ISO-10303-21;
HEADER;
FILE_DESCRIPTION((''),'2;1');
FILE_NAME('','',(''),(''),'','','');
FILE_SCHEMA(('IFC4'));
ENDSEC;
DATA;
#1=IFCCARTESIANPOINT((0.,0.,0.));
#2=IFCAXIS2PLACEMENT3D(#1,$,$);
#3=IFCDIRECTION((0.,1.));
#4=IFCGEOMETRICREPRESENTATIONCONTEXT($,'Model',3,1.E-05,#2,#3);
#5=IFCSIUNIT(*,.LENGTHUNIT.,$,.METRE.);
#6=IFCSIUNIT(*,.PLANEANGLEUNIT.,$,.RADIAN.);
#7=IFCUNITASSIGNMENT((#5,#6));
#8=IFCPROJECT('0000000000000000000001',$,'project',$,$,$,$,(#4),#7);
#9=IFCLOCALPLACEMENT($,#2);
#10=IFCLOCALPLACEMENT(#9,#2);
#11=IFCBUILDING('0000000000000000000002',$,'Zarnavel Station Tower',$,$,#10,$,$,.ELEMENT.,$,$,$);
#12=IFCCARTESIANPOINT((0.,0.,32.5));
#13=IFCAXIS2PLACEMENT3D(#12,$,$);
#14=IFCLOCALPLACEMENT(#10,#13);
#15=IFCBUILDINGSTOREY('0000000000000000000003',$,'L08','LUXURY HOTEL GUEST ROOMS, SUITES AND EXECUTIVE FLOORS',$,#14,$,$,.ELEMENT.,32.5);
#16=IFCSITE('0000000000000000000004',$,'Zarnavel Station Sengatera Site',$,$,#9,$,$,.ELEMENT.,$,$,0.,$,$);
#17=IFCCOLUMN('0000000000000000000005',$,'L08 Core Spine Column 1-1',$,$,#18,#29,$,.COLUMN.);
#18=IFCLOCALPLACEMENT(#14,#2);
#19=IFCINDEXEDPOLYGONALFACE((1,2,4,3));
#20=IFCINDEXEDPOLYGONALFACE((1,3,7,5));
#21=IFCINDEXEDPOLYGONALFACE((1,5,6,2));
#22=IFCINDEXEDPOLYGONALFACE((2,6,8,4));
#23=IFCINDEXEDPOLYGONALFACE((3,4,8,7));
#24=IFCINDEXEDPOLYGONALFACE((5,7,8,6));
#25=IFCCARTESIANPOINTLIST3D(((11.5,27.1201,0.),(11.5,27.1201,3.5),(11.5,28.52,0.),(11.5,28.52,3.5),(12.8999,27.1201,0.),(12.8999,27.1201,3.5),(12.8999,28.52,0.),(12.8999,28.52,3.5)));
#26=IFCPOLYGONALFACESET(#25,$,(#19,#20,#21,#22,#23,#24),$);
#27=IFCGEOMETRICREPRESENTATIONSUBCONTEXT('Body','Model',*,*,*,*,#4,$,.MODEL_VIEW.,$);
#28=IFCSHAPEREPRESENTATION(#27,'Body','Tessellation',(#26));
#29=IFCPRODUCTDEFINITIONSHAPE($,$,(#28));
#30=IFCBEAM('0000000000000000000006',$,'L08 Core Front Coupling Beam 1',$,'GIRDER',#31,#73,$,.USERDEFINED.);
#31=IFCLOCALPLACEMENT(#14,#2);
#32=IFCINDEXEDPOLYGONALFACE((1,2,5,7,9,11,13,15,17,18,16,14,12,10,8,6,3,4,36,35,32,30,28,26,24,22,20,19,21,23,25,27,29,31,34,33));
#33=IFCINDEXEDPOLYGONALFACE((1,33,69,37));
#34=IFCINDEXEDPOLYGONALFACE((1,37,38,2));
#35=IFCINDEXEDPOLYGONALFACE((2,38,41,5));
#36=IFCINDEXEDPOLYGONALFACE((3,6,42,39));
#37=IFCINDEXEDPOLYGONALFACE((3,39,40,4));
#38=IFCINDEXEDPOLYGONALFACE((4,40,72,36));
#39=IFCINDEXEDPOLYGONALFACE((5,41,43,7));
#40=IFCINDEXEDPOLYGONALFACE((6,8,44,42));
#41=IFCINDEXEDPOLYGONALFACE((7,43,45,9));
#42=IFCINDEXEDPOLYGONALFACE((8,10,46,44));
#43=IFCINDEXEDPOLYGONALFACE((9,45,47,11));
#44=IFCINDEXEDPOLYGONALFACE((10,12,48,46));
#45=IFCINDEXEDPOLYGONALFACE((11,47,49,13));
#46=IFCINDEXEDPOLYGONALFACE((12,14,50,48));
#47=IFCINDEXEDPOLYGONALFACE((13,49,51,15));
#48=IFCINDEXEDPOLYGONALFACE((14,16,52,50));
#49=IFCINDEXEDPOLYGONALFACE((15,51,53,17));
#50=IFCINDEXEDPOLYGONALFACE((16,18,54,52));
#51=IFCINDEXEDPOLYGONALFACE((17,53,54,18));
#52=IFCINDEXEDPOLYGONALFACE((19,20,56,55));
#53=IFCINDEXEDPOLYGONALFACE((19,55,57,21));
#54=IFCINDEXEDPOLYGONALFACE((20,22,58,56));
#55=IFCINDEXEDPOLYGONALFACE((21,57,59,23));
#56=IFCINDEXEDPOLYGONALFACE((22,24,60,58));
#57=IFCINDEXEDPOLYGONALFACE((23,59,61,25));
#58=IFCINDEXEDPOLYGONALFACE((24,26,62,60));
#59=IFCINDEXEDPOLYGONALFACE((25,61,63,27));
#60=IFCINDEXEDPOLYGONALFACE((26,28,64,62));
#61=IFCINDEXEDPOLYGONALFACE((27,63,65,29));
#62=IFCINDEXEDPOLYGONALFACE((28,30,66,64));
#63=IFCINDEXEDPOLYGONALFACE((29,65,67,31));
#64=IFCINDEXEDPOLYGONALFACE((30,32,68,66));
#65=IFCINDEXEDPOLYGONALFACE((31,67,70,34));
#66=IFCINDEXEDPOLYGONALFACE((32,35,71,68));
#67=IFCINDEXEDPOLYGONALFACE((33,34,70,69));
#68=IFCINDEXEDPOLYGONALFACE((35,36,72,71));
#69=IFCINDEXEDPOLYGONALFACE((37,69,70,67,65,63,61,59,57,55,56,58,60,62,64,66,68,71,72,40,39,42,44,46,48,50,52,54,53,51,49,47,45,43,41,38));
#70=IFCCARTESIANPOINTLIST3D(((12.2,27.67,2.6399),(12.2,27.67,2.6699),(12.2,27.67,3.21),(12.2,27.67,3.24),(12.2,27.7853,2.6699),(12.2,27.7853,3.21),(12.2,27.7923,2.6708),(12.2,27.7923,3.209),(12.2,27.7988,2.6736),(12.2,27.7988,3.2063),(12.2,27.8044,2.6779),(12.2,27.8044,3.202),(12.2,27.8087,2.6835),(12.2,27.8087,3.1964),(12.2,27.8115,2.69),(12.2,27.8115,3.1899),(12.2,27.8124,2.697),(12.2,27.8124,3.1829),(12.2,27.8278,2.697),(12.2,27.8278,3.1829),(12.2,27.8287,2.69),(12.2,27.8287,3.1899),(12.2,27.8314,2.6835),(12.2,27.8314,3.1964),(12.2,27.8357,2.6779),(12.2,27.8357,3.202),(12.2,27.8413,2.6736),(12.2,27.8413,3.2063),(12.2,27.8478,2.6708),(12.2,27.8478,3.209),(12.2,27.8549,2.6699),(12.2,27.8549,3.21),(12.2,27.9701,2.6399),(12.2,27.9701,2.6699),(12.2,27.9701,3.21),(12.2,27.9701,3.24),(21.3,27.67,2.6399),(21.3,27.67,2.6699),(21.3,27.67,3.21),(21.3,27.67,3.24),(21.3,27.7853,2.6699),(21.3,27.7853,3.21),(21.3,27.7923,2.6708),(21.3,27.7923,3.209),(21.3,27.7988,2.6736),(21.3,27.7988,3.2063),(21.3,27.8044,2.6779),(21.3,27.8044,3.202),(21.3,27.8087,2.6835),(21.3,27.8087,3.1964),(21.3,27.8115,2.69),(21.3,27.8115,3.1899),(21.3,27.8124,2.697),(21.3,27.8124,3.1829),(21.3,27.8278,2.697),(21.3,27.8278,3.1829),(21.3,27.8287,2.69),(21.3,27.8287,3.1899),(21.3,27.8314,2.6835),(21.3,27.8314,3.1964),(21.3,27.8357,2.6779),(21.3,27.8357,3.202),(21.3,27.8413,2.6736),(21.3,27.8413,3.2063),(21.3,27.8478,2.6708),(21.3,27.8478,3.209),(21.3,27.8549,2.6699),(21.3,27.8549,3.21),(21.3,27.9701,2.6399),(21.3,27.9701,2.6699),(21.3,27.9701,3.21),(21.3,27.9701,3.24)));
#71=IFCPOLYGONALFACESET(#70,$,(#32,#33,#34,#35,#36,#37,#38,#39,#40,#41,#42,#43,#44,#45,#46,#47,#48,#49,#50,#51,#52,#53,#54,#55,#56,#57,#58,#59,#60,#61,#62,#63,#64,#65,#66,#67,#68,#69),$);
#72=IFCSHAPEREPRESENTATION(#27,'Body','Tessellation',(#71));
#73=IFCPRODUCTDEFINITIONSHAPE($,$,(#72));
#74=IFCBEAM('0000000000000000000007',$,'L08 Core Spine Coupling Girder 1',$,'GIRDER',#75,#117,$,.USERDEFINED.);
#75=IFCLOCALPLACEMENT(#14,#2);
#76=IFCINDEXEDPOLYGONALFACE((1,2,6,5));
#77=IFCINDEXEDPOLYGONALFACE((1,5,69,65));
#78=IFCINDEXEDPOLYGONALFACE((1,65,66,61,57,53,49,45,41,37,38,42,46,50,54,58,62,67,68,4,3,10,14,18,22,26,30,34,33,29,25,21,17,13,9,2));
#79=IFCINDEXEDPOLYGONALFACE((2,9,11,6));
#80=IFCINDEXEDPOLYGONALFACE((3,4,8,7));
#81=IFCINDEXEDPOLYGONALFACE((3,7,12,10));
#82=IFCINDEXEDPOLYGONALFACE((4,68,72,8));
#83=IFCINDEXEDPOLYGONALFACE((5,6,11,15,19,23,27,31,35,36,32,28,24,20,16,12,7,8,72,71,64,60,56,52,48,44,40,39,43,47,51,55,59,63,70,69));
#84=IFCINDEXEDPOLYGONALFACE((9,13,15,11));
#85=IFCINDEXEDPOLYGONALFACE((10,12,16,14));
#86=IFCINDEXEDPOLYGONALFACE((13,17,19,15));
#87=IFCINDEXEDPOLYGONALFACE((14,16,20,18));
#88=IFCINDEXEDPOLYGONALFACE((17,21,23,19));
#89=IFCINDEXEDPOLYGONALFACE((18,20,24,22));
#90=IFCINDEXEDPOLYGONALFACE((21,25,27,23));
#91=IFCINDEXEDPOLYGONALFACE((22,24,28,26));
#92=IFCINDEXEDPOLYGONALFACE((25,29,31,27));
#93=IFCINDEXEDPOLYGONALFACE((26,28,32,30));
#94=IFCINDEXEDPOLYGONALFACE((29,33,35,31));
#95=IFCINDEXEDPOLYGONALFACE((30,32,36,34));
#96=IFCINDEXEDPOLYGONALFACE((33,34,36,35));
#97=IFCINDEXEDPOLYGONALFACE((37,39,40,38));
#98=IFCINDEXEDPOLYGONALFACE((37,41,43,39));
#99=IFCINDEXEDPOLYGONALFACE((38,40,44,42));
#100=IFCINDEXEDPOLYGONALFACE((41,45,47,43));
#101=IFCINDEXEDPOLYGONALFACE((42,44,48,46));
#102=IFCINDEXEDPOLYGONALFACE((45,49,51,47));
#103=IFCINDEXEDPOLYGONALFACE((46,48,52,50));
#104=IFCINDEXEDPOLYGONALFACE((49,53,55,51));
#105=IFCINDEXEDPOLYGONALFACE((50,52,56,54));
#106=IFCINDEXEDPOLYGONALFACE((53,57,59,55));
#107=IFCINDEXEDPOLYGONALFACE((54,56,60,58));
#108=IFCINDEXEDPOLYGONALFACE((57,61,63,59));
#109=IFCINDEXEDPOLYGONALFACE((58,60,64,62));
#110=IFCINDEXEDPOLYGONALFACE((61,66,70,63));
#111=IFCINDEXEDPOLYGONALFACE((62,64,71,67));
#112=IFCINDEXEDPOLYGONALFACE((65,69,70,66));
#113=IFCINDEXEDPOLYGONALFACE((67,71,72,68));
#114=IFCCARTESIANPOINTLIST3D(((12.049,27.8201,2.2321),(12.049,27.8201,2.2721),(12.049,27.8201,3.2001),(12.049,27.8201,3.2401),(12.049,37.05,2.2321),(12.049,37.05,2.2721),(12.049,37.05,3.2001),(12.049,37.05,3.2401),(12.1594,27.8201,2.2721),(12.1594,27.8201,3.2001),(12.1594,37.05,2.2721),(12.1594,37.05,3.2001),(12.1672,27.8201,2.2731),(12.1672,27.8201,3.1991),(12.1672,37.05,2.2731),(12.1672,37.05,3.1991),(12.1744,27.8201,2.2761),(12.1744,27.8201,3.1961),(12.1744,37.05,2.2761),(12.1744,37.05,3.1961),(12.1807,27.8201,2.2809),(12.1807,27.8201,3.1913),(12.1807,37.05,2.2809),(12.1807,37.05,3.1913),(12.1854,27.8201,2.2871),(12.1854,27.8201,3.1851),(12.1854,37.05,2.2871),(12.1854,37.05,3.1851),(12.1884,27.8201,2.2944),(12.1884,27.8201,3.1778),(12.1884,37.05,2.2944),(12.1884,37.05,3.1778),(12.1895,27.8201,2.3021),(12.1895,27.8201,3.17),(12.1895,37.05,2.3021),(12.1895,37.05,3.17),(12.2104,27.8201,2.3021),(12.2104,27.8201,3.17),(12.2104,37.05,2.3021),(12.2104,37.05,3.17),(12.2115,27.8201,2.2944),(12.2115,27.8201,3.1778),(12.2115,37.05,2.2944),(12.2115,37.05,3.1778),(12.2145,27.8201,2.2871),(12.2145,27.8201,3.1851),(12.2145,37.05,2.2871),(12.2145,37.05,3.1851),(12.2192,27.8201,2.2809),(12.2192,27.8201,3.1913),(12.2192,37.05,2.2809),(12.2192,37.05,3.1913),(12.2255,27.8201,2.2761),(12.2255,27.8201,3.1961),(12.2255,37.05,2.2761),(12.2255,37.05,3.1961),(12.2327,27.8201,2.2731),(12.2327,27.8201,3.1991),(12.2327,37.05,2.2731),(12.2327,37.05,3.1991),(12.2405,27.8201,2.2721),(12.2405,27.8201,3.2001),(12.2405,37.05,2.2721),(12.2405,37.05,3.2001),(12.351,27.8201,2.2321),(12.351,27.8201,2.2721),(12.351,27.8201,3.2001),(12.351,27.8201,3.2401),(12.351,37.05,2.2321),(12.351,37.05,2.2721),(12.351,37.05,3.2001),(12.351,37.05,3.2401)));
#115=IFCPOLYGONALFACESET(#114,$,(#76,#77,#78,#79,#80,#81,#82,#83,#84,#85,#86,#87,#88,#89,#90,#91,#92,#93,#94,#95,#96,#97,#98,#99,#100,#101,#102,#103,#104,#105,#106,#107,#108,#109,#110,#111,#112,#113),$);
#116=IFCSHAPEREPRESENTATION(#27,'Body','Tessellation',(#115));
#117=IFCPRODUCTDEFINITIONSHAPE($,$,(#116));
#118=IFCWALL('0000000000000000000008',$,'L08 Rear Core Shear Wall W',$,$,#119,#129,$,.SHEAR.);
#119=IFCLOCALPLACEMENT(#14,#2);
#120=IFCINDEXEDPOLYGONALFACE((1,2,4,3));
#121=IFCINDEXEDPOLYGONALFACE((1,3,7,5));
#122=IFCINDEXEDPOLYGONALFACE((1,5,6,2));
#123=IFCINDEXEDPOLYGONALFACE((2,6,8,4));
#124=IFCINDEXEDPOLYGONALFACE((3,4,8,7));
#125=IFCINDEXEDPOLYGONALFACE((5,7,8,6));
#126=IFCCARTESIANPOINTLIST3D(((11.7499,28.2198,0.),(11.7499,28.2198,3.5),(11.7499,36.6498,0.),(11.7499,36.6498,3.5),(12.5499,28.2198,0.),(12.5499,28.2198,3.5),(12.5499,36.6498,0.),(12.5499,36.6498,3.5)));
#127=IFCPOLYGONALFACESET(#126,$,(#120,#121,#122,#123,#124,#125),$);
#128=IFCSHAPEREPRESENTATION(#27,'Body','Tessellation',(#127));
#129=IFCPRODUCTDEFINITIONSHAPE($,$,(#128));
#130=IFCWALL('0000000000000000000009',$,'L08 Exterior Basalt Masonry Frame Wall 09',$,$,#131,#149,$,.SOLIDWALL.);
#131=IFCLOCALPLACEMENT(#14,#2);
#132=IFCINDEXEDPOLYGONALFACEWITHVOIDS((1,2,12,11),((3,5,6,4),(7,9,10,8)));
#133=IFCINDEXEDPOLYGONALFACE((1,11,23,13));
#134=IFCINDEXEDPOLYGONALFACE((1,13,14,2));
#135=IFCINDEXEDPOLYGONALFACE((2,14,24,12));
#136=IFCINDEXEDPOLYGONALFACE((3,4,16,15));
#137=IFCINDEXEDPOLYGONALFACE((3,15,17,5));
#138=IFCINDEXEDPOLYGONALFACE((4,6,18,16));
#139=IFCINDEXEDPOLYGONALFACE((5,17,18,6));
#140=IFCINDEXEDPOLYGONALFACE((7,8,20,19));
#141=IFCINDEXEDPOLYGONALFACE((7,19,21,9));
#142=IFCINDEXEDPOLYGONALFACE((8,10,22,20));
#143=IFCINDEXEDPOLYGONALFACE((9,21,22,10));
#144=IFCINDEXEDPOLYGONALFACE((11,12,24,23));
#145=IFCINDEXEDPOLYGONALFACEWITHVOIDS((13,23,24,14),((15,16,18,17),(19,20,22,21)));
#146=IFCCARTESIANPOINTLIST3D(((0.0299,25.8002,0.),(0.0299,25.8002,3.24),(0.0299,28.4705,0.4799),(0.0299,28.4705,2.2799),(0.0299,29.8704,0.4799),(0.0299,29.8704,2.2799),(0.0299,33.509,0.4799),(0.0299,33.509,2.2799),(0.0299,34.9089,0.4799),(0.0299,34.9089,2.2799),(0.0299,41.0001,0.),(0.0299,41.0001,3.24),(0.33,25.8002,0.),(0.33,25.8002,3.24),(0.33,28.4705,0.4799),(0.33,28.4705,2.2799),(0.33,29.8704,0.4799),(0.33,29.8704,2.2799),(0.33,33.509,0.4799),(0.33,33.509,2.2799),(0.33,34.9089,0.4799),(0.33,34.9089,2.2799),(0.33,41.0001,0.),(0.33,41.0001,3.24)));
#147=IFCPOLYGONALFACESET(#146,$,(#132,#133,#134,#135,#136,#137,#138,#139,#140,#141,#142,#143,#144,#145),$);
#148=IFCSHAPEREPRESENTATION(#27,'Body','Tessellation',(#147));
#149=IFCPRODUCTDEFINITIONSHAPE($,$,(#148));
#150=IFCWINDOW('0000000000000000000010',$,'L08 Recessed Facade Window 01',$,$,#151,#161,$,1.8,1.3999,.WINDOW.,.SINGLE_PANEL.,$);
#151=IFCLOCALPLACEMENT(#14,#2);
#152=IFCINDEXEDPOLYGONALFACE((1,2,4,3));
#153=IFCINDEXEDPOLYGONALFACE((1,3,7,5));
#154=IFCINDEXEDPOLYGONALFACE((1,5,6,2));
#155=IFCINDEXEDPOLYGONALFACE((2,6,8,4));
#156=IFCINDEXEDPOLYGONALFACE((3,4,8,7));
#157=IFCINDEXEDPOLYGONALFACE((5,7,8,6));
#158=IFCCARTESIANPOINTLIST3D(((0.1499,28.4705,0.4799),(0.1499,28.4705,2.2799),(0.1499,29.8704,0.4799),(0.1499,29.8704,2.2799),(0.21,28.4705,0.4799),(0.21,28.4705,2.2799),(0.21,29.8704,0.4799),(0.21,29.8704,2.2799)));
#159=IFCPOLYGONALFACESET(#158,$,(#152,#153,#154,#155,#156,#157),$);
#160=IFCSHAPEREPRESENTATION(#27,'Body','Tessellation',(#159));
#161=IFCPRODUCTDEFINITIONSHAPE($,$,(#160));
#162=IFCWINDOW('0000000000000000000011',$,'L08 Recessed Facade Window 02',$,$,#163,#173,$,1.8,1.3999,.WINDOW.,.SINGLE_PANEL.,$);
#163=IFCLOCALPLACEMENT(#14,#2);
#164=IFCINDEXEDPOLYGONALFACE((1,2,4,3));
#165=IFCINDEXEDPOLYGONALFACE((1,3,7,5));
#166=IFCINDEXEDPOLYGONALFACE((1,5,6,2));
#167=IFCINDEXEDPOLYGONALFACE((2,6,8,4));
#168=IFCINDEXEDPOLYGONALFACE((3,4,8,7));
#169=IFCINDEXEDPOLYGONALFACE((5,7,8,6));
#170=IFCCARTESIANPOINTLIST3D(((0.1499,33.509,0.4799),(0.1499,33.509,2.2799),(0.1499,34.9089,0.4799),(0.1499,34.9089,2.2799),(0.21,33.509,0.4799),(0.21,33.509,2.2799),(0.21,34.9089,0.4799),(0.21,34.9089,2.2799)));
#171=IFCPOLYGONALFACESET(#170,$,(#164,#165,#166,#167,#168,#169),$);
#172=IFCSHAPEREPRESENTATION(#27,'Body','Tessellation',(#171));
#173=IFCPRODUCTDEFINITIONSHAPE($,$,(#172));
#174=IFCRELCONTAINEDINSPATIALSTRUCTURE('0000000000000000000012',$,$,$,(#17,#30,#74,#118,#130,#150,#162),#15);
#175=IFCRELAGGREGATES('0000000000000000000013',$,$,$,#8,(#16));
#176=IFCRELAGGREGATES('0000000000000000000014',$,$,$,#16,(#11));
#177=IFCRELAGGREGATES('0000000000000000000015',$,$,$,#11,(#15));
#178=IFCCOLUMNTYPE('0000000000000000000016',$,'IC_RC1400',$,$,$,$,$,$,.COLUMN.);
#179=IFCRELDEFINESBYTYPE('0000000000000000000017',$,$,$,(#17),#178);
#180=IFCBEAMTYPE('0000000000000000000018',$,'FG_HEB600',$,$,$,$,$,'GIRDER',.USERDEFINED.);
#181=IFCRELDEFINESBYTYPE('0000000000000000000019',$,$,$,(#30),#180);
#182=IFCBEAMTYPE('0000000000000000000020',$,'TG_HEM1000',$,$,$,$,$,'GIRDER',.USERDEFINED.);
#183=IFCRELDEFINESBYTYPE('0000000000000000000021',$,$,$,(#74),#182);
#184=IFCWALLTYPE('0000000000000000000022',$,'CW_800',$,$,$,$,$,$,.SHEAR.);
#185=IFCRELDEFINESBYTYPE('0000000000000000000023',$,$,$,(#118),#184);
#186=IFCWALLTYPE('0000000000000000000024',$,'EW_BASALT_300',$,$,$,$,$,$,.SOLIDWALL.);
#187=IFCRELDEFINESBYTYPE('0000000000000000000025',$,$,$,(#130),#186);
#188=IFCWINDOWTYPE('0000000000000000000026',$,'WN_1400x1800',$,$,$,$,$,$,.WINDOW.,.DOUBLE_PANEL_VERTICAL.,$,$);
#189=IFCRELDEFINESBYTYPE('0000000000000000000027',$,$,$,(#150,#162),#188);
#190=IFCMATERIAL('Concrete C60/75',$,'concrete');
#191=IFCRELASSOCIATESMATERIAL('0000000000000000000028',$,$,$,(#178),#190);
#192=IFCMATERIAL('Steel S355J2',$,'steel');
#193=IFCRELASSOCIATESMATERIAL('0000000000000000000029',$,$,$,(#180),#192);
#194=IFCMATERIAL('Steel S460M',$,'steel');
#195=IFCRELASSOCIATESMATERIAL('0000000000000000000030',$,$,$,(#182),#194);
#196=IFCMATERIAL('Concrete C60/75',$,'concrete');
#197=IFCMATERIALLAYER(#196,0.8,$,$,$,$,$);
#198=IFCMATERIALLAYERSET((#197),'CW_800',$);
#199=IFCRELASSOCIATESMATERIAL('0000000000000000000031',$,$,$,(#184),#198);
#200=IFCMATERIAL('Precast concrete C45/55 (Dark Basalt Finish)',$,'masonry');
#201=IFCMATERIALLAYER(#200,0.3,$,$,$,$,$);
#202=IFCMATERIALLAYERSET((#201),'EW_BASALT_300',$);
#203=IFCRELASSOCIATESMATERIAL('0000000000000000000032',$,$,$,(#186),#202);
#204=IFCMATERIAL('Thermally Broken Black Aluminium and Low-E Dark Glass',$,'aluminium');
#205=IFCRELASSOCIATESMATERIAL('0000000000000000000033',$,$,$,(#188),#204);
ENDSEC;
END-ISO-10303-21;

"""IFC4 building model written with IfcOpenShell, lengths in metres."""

from ifc_helpers import new_model, si_unit, direction, frame, frame_2d, origin, origin_2d, place, context, subcontext, project, spatial, rectangle, i_section, extrude, material, layer, layer_set, material_profile, profile_set, type_object, element, fill, save


model = new_model("IFC4")

# Units and contexts
model_context = context("Model", 3, precision=1e-05, world=origin(), true_north=direction((0.0, 1.0)))
body_context = subcontext(model_context, "Body", "Model", "MODEL_VIEW")
ifc_project = project(units=[si_unit("LENGTHUNIT", "METRE"), si_unit("PLANEANGLEUNIT", "RADIAN")], contexts=[model_context])

# Site, building, storey
site_placement = place(None, origin())
site = spatial("IfcSite", under=ifc_project, at=site_placement, Name="Zarnavel Station Sengatera Site", CompositionType="ELEMENT", RefElevation=0.0)
building_placement = place(site_placement, origin())
building = spatial("IfcBuilding", under=site, at=building_placement, Name="Zarnavel Station Tower", CompositionType="ELEMENT")
storey_placement = place(building_placement, frame((0.0, 0.0, 32.5)))
storey = spatial("IfcBuildingStorey", under=building, at=storey_placement, Name="L08", Description="LUXURY HOTEL GUEST ROOMS, SUITES AND EXECUTIVE FLOORS", CompositionType="ELEMENT", Elevation=32.5)

# Column
ifc_material_1 = material(Name="Concrete C60/75", Category="concrete")
ifc_material_profile_1 = material_profile(ifc_material_1, rectangle(XDim=1.3999, YDim=1.3999, at=origin_2d()), Name="RC1400x1400")
ifc_profile_set_1 = profile_set([ifc_material_profile_1], Name="Concrete C60/75")
column_type = type_object("IfcColumnType", Name="IC_RC1400", PredefinedType="COLUMN", material=ifc_profile_set_1)
column_placement = place(storey_placement, frame((12.2, 27.8201, 0.0), z_axis=(0.0, 0.0, 1.0), x_axis=(1.0, 0.0, 0.0)))
element("IfcColumn", 1, at=column_placement, inside=storey, type_object=column_type, Name="L08 Core Spine Column 1-1", PredefinedType="COLUMN", context=body_context, shape_type="SweptSolid", body=[
    extrude(rectangle(XDim=1.3999, YDim=1.3999, at=origin_2d()), origin(), (0.0, 0.0, 1.0), 3.5),
])

# Beams
ifc_material_2 = material(Name="Steel S355J2", Category="steel")
ifc_material_profile_2 = material_profile(ifc_material_2, i_section(OverallWidth=0.3, OverallDepth=0.6001, WebThickness=0.0154, FlangeThickness=0.03, FilletRadius=0.0271, at=origin_2d()), Name="HEB600")
ifc_profile_set_2 = profile_set([ifc_material_profile_2], Name="Steel S355J2")
beam_type_1 = type_object("IfcBeamType", Name="FG_HEB600", ElementType="GIRDER", PredefinedType="USERDEFINED", material=ifc_profile_set_2)
beam_1_placement = place(storey_placement, frame((12.2, 27.8201, 2.9399), z_axis=(1.0, 0.0, 0.0), x_axis=(0.0, 1.0, 0.0)))
element("IfcBeam", 2, at=beam_1_placement, inside=storey, type_object=beam_type_1, Name="L08 Core Front Coupling Beam 1", ObjectType="GIRDER", PredefinedType="USERDEFINED", context=body_context, shape_type="SweptSolid", body=[
    extrude(i_section(OverallWidth=0.3, OverallDepth=0.6001, WebThickness=0.0154, FlangeThickness=0.03, FilletRadius=0.0271, at=origin_2d()), origin(), (0.0, 0.0, 1.0), 9.1001),
])
ifc_material_3 = material(Name="Steel S460M", Category="steel")
ifc_material_profile_3 = material_profile(ifc_material_3, i_section(OverallWidth=0.302, OverallDepth=1.0081, WebThickness=0.021, FlangeThickness=0.04, FilletRadius=0.03, at=origin_2d()), Name="HEM1000")
ifc_profile_set_3 = profile_set([ifc_material_profile_3], Name="Steel S460M")
beam_type_2 = type_object("IfcBeamType", Name="TG_HEM1000", ElementType="GIRDER", PredefinedType="USERDEFINED", material=ifc_profile_set_3)
beam_2_placement = place(storey_placement, frame((12.2, 27.8201, 2.7361), z_axis=(0.0, 1.0, 0.0), x_axis=(-1.0, 0.0, 0.0)))
element("IfcBeam", 3, at=beam_2_placement, inside=storey, type_object=beam_type_2, Name="L08 Core Spine Coupling Girder 1", ObjectType="GIRDER", PredefinedType="USERDEFINED", context=body_context, shape_type="SweptSolid", body=[
    extrude(i_section(OverallWidth=0.302, OverallDepth=1.0081, WebThickness=0.021, FlangeThickness=0.04, FilletRadius=0.03, at=origin_2d()), origin(), (0.0, 0.0, 1.0), 9.23),
])

# Wall
ifc_material_4 = material(Name="Concrete C60/75", Category="concrete")
ifc_layer_1 = layer(ifc_material_4, 0.8)
ifc_layer_set_1 = layer_set([ifc_layer_1], Name="CW_800")
wall_type_1 = type_object("IfcWallType", Name="CW_800", PredefinedType="SHEAR", material=ifc_layer_set_1)
wall_1_placement = place(storey_placement, frame((12.1499, 28.22, 0.0), z_axis=(0.0, 0.0, 1.0), x_axis=(0.0, 1.0, 0.0)))
element("IfcWall", 4, at=wall_1_placement, inside=storey, type_object=wall_type_1, Name="L08 Rear Core Shear Wall W", PredefinedType="SHEAR", context=body_context, shape_type="SweptSolid", body=[
    extrude(rectangle(XDim=8.4299, YDim=0.8, at=frame_2d((4.2148, 0.0))), origin(), (0.0, 0.0, 1.0), 3.5),
])

# Wall, openings, windows
ifc_material_5 = material(Name="Precast concrete C45/55 (Dark Basalt Finish)", Category="masonry")
ifc_layer_2 = layer(ifc_material_5, 0.3)
ifc_layer_set_2 = layer_set([ifc_layer_2], Name="EW_BASALT_300")
wall_type_2 = type_object("IfcWallType", Name="EW_BASALT_300", PredefinedType="SOLIDWALL", material=ifc_layer_set_2)
wall_2_placement = place(storey_placement, frame((0.1799, 25.8, 0.0), z_axis=(0.0, 0.0, 1.0), x_axis=(0.0, 1.0, 0.0)))
wall_2 = element("IfcWall", 5, at=wall_2_placement, inside=storey, type_object=wall_type_2, Name="L08 Exterior Basalt Masonry Frame Wall 09", PredefinedType="SOLIDWALL", context=body_context, shape_type="SweptSolid", body=[
    extrude(rectangle(XDim=15.2, YDim=0.3, at=frame_2d((7.6001, 0.0))), origin(), (0.0, 0.0, 1.0), 3.24),
])
opening_1_placement = place(wall_2_placement, frame((2.6704, 0.0, 0.48)))
opening_1 = element("IfcOpeningElement", 6, at=opening_1_placement, cuts=wall_2, PredefinedType="OPENING", context=body_context, shape_type="SweptSolid", body=[
    extrude(rectangle(XDim=1.3999, YDim=1.8, at=frame_2d((0.7, 0.8999))), frame((0.0, 0.1599, 0.0), z_axis=(0.0, -1.0, 0.0), x_axis=(1.0, 0.0, 0.0)), (0.0, 0.0, 1.0), 0.3201),
])
opening_2_placement = place(wall_2_placement, frame((7.709, 0.0, 0.48)))
opening_2 = element("IfcOpeningElement", 7, at=opening_2_placement, cuts=wall_2, PredefinedType="OPENING", context=body_context, shape_type="SweptSolid", body=[
    extrude(rectangle(XDim=1.3999, YDim=1.8, at=frame_2d((0.7, 0.8999))), frame((0.0, 0.1599, 0.0), z_axis=(0.0, -1.0, 0.0), x_axis=(1.0, 0.0, 0.0)), (0.0, 0.0, 1.0), 0.3201),
])
ifc_material_6 = material(Name="Thermally Broken Black Aluminium and Low-E Dark Glass", Category="aluminium")
window_type = type_object("IfcWindowType", Name="WN_1400x1800", PartitioningType="DOUBLE_PANEL_VERTICAL", PredefinedType="WINDOW", material=ifc_material_6)
window_1_placement = place(opening_1_placement, origin())
window_1 = element("IfcWindow", 8, at=window_1_placement, inside=storey, type_object=window_type, Name="L08 Recessed Facade Window 01", OverallHeight=1.8, OverallWidth=1.3999, PartitioningType="SINGLE_PANEL", PredefinedType="WINDOW", context=body_context, shape_type="SweptSolid", body=[
    extrude(rectangle(XDim=1.3999, YDim=1.8, at=frame_2d((0.7, 0.8999))), frame((0.0, 0.03, 0.0), z_axis=(0.0, -1.0, 0.0), x_axis=(1.0, 0.0, 0.0)), (0.0, 0.0, 1.0), 0.0601),
])
fill(opening_1, window_1)
window_2_placement = place(opening_2_placement, origin())
window_2 = element("IfcWindow", 9, at=window_2_placement, inside=storey, type_object=window_type, Name="L08 Recessed Facade Window 02", OverallHeight=1.8, OverallWidth=1.3999, PartitioningType="SINGLE_PANEL", PredefinedType="WINDOW", context=body_context, shape_type="SweptSolid", body=[
    extrude(rectangle(XDim=1.3999, YDim=1.8, at=frame_2d((0.7, 0.8999))), frame((0.0, 0.03, 0.0), z_axis=(0.0, -1.0, 0.0), x_axis=(1.0, 0.0, 0.0)), (0.0, 0.0, 1.0), 0.0601),
])
fill(opening_2, window_2)

save(model, "model.ifc")
